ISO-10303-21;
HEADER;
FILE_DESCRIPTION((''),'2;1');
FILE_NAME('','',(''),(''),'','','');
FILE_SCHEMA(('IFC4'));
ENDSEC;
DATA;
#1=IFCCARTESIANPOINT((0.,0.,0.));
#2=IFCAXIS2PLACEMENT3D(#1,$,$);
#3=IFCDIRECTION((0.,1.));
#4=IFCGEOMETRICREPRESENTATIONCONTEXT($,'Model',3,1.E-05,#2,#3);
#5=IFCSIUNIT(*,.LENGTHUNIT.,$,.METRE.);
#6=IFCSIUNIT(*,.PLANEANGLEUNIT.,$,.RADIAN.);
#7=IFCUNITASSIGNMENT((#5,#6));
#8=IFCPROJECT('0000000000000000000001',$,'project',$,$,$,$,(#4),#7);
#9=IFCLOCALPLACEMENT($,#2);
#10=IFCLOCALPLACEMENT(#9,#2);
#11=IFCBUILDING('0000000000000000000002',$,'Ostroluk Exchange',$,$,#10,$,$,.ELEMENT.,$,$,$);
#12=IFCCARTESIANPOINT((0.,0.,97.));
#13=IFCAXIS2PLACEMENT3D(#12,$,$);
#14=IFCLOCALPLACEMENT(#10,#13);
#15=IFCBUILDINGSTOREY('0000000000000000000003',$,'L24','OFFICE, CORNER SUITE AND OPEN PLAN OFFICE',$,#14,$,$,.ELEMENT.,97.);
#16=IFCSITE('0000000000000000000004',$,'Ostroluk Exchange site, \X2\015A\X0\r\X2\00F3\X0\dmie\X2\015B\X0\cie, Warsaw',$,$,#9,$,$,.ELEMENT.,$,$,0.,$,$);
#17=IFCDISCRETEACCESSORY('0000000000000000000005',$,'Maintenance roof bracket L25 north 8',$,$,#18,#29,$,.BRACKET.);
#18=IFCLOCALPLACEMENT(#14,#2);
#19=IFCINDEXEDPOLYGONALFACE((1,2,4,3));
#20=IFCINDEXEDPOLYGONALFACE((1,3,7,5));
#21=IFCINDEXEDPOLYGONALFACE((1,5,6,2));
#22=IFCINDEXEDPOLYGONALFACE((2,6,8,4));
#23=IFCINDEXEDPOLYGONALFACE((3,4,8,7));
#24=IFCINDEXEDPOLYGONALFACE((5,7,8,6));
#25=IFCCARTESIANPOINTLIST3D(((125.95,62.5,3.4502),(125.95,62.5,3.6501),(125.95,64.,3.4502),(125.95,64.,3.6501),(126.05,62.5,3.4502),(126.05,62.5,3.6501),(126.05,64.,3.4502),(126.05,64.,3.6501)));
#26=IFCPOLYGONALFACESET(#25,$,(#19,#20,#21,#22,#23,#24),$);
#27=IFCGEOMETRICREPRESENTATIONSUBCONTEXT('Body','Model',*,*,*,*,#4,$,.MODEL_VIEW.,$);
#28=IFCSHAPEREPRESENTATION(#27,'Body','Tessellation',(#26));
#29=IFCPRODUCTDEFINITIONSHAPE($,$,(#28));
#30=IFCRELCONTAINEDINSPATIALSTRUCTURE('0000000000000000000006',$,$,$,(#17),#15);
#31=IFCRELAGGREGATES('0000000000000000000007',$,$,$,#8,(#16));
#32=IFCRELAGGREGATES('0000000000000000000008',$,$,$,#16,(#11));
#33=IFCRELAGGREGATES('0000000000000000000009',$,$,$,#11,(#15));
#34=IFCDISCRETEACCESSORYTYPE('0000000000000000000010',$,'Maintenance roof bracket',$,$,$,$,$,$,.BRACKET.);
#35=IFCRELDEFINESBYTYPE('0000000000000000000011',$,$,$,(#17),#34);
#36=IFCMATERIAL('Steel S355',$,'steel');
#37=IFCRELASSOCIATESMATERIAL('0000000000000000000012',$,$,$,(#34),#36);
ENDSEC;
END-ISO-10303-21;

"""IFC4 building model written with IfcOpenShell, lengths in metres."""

from ifc_helpers import new_model, si_unit, direction, frame, origin, origin_2d, place, context, subcontext, project, spatial, rectangle, extrude, material, type_object, element, save


model = new_model("IFC4")

# Units and contexts
model_context = context("Model", 3, precision=1e-05, world=origin(), true_north=direction((0.0, 1.0)))
body_context = subcontext(model_context, "Body", "Model", "MODEL_VIEW")
ifc_project = project(units=[si_unit("LENGTHUNIT", "METRE"), si_unit("PLANEANGLEUNIT", "RADIAN")], contexts=[model_context])

# Site, building, storey
site_placement = place(None, origin())
site = spatial("IfcSite", under=ifc_project, at=site_placement, Name="Ostroluk Exchange site, Śródmieście, Warsaw", CompositionType="ELEMENT", RefElevation=0.0)
building_placement = place(site_placement, origin())
building = spatial("IfcBuilding", under=site, at=building_placement, Name="Ostroluk Exchange", CompositionType="ELEMENT")
storey_placement = place(building_placement, frame((0.0, 0.0, 97.0)))
storey = spatial("IfcBuildingStorey", under=building, at=storey_placement, Name="L24", Description="OFFICE, CORNER SUITE AND OPEN PLAN OFFICE", CompositionType="ELEMENT", Elevation=97.0)

# Discrete accessory
ifc_material_1 = material(Name="Steel S355", Category="steel")
discrete_accessory_type = type_object("IfcDiscreteAccessoryType", Name="Maintenance roof bracket", PredefinedType="BRACKET", material=ifc_material_1)
for number, where, z_axis, x_axis, name in (
    (1, (126.0, 63.25, 3.4502), (0.0, 0.0, 1.0), (1.0, 0.0, 0.0), "Maintenance roof bracket L25 north 8"),
):
    element("IfcDiscreteAccessory", number, at=place(storey_placement, frame(where, z_axis=z_axis, x_axis=x_axis)), inside=storey, type_object=discrete_accessory_type, Name=name, PredefinedType="BRACKET", context=body_context, shape_type="SweptSolid", body=[
        extrude(rectangle(XDim=0.1001, YDim=1.5, at=origin_2d()), origin(), (0.0, 0.0, 1.0), 0.2),
    ])

save(model, "model.ifc")
